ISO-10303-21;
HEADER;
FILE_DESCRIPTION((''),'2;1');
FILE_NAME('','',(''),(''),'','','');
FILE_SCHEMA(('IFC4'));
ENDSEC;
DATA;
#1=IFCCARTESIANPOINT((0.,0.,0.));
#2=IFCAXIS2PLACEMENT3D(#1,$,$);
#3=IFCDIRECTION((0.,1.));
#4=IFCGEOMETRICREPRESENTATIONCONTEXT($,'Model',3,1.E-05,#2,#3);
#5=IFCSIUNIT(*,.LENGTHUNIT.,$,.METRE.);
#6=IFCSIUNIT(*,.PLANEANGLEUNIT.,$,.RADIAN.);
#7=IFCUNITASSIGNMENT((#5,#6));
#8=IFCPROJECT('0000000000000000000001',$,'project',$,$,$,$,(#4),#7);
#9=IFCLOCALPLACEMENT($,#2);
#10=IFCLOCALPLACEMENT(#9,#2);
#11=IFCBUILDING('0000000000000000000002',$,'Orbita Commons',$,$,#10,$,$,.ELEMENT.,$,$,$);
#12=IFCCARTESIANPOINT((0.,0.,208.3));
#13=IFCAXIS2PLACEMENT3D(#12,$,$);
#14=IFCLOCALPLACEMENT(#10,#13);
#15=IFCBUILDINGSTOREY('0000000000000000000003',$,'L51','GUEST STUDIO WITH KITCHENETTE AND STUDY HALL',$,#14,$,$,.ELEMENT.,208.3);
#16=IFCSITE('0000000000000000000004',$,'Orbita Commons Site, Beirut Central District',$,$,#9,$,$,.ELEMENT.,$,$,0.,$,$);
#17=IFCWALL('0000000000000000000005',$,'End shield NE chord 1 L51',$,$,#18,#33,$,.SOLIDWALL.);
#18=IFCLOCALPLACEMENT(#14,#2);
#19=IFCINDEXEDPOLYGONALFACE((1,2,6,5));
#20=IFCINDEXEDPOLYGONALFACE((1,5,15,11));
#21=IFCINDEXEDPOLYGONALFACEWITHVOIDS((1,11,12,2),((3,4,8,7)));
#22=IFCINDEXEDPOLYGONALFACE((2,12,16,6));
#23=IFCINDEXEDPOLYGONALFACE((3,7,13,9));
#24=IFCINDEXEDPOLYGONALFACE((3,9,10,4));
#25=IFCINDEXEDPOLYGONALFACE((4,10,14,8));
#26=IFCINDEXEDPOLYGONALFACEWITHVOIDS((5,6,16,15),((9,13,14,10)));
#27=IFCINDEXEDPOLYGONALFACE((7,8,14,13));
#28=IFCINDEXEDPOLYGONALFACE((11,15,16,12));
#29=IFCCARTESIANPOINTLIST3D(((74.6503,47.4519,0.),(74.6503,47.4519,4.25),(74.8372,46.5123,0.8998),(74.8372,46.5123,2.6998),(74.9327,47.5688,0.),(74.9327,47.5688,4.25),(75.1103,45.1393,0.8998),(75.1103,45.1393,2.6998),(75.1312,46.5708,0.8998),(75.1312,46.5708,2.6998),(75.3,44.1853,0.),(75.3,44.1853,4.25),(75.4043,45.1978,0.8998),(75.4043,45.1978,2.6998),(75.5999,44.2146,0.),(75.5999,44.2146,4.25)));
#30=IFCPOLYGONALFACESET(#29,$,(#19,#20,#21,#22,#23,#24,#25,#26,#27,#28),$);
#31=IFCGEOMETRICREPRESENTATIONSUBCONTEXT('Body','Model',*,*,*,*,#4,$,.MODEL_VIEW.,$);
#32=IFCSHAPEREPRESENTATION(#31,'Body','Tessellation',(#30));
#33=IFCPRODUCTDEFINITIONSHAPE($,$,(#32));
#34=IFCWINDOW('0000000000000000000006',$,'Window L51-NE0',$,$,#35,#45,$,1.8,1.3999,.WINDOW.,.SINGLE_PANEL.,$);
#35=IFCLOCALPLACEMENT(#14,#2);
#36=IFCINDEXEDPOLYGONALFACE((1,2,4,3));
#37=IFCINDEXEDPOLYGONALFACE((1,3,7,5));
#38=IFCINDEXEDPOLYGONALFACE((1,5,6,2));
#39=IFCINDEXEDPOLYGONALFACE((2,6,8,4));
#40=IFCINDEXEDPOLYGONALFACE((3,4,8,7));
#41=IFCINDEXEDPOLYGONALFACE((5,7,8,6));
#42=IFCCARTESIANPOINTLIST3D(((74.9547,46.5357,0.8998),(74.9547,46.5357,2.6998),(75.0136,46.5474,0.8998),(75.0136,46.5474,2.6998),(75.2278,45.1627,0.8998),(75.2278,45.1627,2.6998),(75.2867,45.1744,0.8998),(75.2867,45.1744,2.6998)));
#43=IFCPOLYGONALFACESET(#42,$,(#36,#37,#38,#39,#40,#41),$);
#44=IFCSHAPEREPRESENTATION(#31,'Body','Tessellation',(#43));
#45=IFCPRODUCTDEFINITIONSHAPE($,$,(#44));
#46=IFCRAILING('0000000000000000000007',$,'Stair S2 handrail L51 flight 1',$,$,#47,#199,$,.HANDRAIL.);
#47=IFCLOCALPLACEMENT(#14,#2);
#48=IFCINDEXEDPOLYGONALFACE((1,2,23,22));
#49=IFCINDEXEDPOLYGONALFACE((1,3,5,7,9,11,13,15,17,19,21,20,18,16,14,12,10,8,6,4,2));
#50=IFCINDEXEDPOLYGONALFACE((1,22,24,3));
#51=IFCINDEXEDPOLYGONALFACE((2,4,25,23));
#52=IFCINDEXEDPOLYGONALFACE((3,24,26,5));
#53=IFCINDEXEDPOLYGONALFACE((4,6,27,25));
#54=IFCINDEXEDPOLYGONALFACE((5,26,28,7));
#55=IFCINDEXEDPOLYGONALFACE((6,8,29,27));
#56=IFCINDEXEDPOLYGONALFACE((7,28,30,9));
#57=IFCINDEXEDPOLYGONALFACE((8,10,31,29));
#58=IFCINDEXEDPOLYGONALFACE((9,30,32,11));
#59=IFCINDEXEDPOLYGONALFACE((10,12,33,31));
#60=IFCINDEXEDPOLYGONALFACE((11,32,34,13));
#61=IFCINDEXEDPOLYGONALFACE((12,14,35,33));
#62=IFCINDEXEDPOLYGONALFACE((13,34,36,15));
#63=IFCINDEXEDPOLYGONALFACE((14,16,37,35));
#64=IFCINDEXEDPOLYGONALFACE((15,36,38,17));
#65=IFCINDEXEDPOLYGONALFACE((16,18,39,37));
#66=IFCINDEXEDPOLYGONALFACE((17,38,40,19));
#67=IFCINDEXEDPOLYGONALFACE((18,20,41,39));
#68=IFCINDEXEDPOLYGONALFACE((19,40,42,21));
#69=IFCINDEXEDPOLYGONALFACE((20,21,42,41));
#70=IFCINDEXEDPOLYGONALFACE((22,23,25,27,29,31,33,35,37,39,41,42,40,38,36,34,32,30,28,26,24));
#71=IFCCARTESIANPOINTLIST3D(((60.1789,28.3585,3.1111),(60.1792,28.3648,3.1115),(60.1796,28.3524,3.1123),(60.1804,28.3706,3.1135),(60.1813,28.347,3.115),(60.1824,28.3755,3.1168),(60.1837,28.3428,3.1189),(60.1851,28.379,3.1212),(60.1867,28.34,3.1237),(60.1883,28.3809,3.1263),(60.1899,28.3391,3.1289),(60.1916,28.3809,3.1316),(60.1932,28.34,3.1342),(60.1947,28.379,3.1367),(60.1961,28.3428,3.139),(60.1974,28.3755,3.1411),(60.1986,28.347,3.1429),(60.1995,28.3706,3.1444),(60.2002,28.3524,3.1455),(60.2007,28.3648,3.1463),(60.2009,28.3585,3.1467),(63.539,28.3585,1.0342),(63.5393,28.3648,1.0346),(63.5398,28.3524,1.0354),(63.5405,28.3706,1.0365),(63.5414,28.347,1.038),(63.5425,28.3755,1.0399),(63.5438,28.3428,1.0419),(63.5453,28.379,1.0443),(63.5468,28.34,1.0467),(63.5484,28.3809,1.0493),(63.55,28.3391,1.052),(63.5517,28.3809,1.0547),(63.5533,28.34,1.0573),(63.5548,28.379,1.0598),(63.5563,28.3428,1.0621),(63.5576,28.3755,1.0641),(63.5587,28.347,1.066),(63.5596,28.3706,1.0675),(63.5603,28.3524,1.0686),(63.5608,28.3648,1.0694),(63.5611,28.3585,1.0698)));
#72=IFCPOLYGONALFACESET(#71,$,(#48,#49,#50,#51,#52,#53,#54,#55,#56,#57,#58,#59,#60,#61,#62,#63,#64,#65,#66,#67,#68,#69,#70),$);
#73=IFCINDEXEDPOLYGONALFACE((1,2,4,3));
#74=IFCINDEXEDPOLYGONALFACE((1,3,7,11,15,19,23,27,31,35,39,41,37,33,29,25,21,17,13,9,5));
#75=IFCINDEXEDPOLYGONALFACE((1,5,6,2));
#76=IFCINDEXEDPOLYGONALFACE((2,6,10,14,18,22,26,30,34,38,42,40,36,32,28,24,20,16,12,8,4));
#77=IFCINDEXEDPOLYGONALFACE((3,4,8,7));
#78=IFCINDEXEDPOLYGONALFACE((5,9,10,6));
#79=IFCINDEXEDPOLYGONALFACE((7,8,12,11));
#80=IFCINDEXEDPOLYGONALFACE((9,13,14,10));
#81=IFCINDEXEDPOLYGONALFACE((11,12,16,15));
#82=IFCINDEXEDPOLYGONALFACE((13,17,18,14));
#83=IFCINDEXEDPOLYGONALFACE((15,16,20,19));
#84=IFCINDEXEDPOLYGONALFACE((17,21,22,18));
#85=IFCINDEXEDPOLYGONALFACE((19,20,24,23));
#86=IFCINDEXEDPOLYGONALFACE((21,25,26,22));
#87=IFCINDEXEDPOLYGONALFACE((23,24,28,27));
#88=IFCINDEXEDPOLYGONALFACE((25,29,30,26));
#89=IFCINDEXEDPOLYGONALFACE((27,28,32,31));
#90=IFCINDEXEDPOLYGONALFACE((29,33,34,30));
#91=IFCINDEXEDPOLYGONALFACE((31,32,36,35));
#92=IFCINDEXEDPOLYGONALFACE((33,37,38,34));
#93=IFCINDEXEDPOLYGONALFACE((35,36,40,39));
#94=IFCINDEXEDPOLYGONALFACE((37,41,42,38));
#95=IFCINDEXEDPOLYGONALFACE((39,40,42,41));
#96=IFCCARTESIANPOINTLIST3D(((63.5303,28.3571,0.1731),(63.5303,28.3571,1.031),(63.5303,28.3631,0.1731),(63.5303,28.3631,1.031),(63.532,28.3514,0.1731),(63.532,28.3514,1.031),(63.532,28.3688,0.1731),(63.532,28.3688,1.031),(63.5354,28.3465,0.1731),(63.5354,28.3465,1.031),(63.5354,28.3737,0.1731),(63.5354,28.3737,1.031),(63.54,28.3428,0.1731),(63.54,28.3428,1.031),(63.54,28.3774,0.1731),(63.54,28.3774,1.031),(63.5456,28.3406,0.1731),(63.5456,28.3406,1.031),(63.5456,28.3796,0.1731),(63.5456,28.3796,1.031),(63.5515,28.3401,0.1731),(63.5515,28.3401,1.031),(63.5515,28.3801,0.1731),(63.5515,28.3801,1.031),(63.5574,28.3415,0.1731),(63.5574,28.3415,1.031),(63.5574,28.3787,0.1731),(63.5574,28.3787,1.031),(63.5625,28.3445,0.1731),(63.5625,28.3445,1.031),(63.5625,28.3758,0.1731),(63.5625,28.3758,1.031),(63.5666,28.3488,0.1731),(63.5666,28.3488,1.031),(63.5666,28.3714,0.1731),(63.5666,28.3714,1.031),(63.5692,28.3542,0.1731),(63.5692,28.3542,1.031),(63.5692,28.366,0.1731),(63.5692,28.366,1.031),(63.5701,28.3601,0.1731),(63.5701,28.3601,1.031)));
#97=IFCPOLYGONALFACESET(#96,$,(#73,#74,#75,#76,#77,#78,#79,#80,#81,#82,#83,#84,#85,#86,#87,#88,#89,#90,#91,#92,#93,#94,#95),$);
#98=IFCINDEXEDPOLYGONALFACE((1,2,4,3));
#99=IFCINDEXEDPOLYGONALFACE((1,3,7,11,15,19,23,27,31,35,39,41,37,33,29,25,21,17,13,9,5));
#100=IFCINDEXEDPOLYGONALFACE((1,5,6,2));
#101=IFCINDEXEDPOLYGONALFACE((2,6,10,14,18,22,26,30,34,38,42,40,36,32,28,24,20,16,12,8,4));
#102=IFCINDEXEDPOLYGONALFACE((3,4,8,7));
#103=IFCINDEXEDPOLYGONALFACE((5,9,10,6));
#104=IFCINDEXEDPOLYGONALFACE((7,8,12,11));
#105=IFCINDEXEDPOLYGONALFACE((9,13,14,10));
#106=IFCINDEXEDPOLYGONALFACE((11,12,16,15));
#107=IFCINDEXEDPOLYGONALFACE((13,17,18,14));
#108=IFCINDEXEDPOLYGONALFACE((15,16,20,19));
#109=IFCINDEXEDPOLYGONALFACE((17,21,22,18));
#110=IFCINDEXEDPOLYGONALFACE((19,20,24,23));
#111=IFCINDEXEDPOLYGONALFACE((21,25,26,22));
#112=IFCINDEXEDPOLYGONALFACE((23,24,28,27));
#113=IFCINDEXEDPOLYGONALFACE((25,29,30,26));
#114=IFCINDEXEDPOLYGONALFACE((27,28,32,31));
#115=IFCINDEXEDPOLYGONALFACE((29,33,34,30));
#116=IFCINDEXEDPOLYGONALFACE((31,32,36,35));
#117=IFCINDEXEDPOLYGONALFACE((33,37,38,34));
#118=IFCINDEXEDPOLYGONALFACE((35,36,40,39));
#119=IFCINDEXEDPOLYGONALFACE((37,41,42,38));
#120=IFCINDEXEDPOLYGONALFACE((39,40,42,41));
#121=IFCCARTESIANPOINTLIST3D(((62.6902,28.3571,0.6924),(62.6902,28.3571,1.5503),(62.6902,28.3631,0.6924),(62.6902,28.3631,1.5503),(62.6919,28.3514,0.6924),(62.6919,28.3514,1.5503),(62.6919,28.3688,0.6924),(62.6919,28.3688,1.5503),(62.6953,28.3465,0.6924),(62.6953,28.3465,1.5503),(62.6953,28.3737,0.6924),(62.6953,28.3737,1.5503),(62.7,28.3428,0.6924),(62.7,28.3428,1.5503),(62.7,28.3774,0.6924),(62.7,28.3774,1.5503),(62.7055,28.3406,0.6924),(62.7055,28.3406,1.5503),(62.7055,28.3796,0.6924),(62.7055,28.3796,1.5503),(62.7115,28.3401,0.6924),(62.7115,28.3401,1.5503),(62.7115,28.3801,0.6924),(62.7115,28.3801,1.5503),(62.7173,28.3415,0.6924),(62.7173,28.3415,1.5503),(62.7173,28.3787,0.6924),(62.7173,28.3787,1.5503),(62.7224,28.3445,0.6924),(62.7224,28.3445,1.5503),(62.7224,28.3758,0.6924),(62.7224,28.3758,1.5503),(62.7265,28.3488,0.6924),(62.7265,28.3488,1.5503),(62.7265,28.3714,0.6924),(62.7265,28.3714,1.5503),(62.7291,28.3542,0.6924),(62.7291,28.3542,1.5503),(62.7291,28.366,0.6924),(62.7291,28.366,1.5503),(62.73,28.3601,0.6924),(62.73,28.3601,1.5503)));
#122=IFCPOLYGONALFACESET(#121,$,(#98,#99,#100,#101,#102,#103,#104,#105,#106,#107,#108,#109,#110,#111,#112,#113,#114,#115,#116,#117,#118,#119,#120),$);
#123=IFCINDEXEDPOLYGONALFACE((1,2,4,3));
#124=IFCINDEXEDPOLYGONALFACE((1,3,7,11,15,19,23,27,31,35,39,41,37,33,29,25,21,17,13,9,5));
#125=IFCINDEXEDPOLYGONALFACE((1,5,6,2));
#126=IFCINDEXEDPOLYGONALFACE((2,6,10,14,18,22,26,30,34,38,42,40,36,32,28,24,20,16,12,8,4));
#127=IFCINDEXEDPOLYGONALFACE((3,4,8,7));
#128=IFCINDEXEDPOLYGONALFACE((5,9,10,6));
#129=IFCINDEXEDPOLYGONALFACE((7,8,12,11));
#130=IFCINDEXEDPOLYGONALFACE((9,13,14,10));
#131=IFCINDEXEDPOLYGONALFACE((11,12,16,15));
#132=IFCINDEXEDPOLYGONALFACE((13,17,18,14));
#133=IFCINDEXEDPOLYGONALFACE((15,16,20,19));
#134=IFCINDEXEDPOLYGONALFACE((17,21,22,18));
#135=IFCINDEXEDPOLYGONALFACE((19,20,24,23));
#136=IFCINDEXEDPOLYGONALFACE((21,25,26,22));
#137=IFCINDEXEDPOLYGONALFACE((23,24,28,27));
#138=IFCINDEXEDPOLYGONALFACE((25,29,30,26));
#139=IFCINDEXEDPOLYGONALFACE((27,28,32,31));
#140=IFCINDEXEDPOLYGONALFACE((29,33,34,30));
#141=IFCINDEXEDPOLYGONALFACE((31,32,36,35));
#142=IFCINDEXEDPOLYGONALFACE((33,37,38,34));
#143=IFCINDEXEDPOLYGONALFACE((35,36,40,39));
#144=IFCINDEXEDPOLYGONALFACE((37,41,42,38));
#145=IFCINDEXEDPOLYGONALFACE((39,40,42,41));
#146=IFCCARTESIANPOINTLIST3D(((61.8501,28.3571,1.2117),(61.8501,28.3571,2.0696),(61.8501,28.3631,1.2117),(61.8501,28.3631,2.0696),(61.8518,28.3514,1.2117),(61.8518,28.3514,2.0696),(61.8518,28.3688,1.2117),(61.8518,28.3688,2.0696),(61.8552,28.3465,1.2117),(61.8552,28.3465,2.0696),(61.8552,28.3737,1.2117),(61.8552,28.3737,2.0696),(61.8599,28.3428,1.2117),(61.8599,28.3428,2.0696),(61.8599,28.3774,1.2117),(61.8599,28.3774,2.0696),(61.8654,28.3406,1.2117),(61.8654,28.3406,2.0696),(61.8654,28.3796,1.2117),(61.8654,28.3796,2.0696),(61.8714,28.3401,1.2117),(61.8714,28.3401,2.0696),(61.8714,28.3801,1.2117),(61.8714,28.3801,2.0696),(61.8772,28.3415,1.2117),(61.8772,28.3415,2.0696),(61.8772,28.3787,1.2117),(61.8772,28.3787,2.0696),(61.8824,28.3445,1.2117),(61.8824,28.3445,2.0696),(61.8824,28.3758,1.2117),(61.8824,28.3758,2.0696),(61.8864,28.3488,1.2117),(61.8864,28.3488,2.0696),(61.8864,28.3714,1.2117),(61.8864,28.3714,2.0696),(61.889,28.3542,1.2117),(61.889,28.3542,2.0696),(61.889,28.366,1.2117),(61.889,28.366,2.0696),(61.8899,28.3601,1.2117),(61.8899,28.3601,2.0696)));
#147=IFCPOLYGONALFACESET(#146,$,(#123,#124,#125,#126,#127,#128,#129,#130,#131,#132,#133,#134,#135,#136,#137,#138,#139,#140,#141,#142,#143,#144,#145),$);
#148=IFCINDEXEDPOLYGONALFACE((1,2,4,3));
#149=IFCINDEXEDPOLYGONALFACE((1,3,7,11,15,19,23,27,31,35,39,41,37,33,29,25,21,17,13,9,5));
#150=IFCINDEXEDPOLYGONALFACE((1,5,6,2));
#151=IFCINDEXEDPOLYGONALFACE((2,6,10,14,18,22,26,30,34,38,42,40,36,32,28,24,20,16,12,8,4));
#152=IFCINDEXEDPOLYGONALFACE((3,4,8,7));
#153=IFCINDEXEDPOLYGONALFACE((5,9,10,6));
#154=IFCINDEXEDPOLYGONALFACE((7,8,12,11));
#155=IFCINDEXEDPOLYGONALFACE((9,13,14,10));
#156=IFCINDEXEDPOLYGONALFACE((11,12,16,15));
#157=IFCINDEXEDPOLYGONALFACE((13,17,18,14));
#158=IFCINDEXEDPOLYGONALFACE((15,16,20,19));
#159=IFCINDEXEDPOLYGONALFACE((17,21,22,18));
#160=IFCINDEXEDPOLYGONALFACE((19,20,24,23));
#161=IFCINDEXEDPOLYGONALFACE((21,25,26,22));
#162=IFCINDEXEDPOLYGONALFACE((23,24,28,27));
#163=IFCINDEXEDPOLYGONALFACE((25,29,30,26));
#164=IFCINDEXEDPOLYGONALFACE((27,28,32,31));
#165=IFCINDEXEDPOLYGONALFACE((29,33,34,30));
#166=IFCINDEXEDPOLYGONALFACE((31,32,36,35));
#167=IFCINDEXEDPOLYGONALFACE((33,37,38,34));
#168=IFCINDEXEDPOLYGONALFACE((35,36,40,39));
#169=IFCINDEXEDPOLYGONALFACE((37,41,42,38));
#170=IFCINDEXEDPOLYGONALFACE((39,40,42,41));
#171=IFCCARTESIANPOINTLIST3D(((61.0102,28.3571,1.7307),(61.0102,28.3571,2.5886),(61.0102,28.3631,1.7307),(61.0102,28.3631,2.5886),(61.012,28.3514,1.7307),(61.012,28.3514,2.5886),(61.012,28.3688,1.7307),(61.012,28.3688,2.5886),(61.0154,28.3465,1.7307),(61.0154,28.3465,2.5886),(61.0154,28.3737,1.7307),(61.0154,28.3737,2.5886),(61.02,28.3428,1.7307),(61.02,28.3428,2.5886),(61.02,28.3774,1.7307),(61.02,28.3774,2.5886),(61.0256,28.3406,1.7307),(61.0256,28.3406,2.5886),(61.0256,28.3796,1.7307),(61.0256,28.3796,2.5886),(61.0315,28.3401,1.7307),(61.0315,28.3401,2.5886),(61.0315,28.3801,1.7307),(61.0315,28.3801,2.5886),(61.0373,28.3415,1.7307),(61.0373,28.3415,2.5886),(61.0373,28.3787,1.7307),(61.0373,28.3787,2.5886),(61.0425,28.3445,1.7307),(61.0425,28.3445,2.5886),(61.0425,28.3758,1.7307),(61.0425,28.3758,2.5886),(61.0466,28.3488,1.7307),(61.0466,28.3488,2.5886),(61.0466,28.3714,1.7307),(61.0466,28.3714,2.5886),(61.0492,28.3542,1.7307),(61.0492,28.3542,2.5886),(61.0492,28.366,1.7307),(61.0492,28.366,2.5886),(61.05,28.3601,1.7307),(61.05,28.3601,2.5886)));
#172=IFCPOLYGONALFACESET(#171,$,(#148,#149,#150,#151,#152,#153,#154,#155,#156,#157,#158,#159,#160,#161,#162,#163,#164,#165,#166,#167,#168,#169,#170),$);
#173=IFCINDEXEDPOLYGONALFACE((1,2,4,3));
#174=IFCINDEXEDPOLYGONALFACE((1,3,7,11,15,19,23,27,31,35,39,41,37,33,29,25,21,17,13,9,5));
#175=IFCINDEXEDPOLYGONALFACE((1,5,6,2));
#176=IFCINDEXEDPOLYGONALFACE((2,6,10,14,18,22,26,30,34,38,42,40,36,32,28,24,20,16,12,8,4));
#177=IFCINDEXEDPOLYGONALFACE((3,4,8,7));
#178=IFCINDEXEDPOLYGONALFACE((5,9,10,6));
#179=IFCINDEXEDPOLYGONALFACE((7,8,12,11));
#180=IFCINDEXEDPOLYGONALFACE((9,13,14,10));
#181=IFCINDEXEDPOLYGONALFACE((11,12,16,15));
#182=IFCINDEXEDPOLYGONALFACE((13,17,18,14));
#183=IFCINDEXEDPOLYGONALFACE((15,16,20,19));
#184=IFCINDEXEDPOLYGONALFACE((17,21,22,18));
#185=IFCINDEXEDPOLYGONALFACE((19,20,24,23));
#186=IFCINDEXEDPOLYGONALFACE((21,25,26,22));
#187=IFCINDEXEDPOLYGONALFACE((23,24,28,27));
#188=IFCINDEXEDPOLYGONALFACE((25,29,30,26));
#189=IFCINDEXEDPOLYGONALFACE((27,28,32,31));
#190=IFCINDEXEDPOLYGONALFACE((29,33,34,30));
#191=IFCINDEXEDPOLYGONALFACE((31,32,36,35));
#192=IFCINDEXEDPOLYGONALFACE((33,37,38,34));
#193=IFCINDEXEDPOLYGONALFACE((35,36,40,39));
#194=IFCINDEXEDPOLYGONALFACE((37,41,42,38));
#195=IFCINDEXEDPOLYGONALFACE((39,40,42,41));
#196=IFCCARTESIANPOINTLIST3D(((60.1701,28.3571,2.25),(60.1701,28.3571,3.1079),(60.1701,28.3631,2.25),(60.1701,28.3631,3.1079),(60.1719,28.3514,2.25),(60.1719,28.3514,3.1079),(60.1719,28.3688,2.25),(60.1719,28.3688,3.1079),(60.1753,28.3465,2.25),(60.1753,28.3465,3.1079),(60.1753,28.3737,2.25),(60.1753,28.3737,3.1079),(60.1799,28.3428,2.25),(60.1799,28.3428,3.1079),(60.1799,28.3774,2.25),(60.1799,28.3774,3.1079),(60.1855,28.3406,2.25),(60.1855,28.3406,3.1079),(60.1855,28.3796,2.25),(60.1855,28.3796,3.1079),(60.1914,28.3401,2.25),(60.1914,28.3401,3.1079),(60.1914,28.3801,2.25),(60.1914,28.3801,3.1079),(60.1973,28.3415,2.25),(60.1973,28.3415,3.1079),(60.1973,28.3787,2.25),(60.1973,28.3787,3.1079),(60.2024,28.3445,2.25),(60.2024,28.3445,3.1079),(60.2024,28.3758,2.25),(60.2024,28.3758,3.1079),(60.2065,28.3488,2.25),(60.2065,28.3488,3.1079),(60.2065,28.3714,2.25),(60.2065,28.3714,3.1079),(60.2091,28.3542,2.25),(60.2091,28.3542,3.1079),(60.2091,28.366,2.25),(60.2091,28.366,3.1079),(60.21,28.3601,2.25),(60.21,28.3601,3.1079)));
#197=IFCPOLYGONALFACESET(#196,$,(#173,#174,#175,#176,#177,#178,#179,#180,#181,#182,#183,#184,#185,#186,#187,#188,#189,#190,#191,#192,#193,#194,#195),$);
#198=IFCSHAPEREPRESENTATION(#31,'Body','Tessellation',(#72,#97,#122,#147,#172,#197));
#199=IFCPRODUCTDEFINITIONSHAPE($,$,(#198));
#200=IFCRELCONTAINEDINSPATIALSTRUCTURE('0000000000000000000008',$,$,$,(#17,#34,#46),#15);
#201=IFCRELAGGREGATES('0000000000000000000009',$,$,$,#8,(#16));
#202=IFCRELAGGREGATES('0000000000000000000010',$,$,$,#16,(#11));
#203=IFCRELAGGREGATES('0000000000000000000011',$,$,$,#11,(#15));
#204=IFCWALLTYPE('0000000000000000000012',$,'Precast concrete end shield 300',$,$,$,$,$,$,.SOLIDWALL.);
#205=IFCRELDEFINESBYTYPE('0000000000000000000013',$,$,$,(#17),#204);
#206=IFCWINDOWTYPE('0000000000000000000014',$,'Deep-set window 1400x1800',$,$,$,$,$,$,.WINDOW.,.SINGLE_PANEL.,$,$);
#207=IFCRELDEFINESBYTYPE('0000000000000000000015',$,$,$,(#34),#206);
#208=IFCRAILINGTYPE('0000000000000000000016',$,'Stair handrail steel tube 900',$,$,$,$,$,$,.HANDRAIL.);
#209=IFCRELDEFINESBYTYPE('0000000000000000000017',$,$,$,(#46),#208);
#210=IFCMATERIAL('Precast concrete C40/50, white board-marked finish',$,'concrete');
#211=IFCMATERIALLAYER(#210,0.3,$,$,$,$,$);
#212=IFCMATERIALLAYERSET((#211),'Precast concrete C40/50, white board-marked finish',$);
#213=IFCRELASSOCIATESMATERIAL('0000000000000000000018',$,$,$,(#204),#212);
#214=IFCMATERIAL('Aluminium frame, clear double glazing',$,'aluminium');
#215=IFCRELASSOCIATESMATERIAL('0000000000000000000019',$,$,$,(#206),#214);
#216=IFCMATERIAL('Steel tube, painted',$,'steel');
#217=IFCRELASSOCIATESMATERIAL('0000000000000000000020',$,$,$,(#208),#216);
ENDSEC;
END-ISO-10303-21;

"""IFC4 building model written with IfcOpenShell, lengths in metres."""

from ifc_helpers import new_model, si_unit, direction, frame, frame_2d, origin, origin_2d, place, context, subcontext, project, spatial, polyline, rectangle, circle, outline, extrude, material, layer, layer_set, type_object, element, fill, save


model = new_model("IFC4")

# Units and contexts
model_context = context("Model", 3, precision=1e-05, world=origin(), true_north=direction((0.0, 1.0)))
body_context = subcontext(model_context, "Body", "Model", "MODEL_VIEW")
ifc_project = project(units=[si_unit("LENGTHUNIT", "METRE"), si_unit("PLANEANGLEUNIT", "RADIAN")], contexts=[model_context])

# Site, building, storey
site_placement = place(None, origin())
site = spatial("IfcSite", under=ifc_project, at=site_placement, Name="Orbita Commons Site, Beirut Central District", CompositionType="ELEMENT", RefElevation=0.0)
building_placement = place(site_placement, origin())
building = spatial("IfcBuilding", under=site, at=building_placement, Name="Orbita Commons", CompositionType="ELEMENT")
storey_placement = place(building_placement, frame((0.0, 0.0, 208.3)))
storey = spatial("IfcBuildingStorey", under=building, at=storey_placement, Name="L51", Description="GUEST STUDIO WITH KITCHENETTE AND STUDY HALL", CompositionType="ELEMENT", Elevation=208.3)

# Wall, opening, window
ifc_material_1 = material(Name="Precast concrete C40/50, white board-marked finish", Category="concrete")
ifc_layer_1 = layer(ifc_material_1, 0.3)
ifc_layer_set_1 = layer_set([ifc_layer_1], Name="Precast concrete C40/50, white board-marked finish")
wall_type_1 = type_object("IfcWallType", Name="Precast concrete end shield 300", PredefinedType="SOLIDWALL", material=ifc_layer_set_1)
wall_1_placement = place(storey_placement, frame((75.45, 44.2, 0.0), z_axis=(0.0, 0.0, 1.0), x_axis=(-0.195087, 0.980786, 0.0)))
wall_1 = element("IfcWall", 1, at=wall_1_placement, inside=storey, type_object=wall_type_1, Name="End shield NE chord 1 L51", PredefinedType="SOLIDWALL", context=body_context, shape_type="SweptSolid", body=[
    extrude(outline(polyline([(-0.0149, -0.1499), (3.405, -0.1499), (3.3455, 0.1499), (0.0149, 0.1499), (-0.0149, -0.1499)])), origin(), (0.0, 0.0, 1.0), 4.25),
])
opening_1_placement = place(wall_1_placement, frame((0.9875, 0.0, 0.8999)))
opening_1 = element("IfcOpeningElement", 2, at=opening_1_placement, cuts=wall_1, PredefinedType="OPENING", context=body_context, shape_type="SweptSolid", body=[
    extrude(rectangle(XDim=1.3999, YDim=1.8, at=frame_2d((0.7, 0.8999))), frame((0.0, 0.1599, 0.0), z_axis=(0.0, -1.0, 0.0), x_axis=(1.0, 0.0, 0.0)), (0.0, 0.0, 1.0), 0.3201),
])
ifc_material_2 = material(Name="Aluminium frame, clear double glazing", Category="aluminium")
window_type = type_object("IfcWindowType", Name="Deep-set window 1400x1800", PartitioningType="SINGLE_PANEL", PredefinedType="WINDOW", material=ifc_material_2)
window_placement = place(opening_1_placement, origin())
window = element("IfcWindow", 3, at=window_placement, inside=storey, type_object=window_type, Name="Window L51-NE0", OverallHeight=1.8, OverallWidth=1.3999, PartitioningType="SINGLE_PANEL", PredefinedType="WINDOW", context=body_context, shape_type="SweptSolid", body=[
    extrude(rectangle(XDim=1.3999, YDim=1.8, at=frame_2d((0.7, 0.8999))), frame((0.0, 0.03, 0.0), z_axis=(0.0, -1.0, 0.0), x_axis=(1.0, 0.0, 0.0)), (0.0, 0.0, 1.0), 0.0601),
])
fill(opening_1, window)

# Railing
ifc_material_3 = material(Name="Steel tube, painted", Category="steel")
railing_type = type_object("IfcRailingType", Name="Stair handrail steel tube 900", PredefinedType="HANDRAIL", material=ifc_material_3)
for number, where, name in (
    (4, (63.55, 28.3601, 0.1731), "Stair S2 handrail L51 flight 1"),
):
    element("IfcRailing", number, at=place(storey_placement, frame(where)), inside=storey, type_object=railing_type, Name=name, PredefinedType="HANDRAIL", context=body_context, shape_type="SweptSolid", body=[
        extrude(circle(Radius=0.021, at=origin_2d()), frame((0.0, 0.0, 0.8789), z_axis=(-0.850623, 0.0, 0.525776), x_axis=(0.0, -1.0, 0.0)), (0.0, 0.0, 1.0), 3.9502),
        extrude(circle(Radius=0.02, at=origin_2d()), origin(), (0.0, 0.0, 1.0), 0.8579),
        extrude(circle(Radius=0.02, at=origin_2d()), frame((-0.8401, 0.0, 0.5193)), (0.0, 0.0, 1.0), 0.8579),
        extrude(circle(Radius=0.02, at=origin_2d()), frame((-1.6802, 0.0, 1.0386)), (0.0, 0.0, 1.0), 0.8579),
        extrude(circle(Radius=0.02, at=origin_2d()), frame((-2.52, 0.0, 1.5576)), (0.0, 0.0, 1.0), 0.8579),
        extrude(circle(Radius=0.02, at=origin_2d()), frame((-3.3601, 0.0, 2.0769)), (0.0, 0.0, 1.0), 0.8579),
    ])

save(model, "model.ifc")
